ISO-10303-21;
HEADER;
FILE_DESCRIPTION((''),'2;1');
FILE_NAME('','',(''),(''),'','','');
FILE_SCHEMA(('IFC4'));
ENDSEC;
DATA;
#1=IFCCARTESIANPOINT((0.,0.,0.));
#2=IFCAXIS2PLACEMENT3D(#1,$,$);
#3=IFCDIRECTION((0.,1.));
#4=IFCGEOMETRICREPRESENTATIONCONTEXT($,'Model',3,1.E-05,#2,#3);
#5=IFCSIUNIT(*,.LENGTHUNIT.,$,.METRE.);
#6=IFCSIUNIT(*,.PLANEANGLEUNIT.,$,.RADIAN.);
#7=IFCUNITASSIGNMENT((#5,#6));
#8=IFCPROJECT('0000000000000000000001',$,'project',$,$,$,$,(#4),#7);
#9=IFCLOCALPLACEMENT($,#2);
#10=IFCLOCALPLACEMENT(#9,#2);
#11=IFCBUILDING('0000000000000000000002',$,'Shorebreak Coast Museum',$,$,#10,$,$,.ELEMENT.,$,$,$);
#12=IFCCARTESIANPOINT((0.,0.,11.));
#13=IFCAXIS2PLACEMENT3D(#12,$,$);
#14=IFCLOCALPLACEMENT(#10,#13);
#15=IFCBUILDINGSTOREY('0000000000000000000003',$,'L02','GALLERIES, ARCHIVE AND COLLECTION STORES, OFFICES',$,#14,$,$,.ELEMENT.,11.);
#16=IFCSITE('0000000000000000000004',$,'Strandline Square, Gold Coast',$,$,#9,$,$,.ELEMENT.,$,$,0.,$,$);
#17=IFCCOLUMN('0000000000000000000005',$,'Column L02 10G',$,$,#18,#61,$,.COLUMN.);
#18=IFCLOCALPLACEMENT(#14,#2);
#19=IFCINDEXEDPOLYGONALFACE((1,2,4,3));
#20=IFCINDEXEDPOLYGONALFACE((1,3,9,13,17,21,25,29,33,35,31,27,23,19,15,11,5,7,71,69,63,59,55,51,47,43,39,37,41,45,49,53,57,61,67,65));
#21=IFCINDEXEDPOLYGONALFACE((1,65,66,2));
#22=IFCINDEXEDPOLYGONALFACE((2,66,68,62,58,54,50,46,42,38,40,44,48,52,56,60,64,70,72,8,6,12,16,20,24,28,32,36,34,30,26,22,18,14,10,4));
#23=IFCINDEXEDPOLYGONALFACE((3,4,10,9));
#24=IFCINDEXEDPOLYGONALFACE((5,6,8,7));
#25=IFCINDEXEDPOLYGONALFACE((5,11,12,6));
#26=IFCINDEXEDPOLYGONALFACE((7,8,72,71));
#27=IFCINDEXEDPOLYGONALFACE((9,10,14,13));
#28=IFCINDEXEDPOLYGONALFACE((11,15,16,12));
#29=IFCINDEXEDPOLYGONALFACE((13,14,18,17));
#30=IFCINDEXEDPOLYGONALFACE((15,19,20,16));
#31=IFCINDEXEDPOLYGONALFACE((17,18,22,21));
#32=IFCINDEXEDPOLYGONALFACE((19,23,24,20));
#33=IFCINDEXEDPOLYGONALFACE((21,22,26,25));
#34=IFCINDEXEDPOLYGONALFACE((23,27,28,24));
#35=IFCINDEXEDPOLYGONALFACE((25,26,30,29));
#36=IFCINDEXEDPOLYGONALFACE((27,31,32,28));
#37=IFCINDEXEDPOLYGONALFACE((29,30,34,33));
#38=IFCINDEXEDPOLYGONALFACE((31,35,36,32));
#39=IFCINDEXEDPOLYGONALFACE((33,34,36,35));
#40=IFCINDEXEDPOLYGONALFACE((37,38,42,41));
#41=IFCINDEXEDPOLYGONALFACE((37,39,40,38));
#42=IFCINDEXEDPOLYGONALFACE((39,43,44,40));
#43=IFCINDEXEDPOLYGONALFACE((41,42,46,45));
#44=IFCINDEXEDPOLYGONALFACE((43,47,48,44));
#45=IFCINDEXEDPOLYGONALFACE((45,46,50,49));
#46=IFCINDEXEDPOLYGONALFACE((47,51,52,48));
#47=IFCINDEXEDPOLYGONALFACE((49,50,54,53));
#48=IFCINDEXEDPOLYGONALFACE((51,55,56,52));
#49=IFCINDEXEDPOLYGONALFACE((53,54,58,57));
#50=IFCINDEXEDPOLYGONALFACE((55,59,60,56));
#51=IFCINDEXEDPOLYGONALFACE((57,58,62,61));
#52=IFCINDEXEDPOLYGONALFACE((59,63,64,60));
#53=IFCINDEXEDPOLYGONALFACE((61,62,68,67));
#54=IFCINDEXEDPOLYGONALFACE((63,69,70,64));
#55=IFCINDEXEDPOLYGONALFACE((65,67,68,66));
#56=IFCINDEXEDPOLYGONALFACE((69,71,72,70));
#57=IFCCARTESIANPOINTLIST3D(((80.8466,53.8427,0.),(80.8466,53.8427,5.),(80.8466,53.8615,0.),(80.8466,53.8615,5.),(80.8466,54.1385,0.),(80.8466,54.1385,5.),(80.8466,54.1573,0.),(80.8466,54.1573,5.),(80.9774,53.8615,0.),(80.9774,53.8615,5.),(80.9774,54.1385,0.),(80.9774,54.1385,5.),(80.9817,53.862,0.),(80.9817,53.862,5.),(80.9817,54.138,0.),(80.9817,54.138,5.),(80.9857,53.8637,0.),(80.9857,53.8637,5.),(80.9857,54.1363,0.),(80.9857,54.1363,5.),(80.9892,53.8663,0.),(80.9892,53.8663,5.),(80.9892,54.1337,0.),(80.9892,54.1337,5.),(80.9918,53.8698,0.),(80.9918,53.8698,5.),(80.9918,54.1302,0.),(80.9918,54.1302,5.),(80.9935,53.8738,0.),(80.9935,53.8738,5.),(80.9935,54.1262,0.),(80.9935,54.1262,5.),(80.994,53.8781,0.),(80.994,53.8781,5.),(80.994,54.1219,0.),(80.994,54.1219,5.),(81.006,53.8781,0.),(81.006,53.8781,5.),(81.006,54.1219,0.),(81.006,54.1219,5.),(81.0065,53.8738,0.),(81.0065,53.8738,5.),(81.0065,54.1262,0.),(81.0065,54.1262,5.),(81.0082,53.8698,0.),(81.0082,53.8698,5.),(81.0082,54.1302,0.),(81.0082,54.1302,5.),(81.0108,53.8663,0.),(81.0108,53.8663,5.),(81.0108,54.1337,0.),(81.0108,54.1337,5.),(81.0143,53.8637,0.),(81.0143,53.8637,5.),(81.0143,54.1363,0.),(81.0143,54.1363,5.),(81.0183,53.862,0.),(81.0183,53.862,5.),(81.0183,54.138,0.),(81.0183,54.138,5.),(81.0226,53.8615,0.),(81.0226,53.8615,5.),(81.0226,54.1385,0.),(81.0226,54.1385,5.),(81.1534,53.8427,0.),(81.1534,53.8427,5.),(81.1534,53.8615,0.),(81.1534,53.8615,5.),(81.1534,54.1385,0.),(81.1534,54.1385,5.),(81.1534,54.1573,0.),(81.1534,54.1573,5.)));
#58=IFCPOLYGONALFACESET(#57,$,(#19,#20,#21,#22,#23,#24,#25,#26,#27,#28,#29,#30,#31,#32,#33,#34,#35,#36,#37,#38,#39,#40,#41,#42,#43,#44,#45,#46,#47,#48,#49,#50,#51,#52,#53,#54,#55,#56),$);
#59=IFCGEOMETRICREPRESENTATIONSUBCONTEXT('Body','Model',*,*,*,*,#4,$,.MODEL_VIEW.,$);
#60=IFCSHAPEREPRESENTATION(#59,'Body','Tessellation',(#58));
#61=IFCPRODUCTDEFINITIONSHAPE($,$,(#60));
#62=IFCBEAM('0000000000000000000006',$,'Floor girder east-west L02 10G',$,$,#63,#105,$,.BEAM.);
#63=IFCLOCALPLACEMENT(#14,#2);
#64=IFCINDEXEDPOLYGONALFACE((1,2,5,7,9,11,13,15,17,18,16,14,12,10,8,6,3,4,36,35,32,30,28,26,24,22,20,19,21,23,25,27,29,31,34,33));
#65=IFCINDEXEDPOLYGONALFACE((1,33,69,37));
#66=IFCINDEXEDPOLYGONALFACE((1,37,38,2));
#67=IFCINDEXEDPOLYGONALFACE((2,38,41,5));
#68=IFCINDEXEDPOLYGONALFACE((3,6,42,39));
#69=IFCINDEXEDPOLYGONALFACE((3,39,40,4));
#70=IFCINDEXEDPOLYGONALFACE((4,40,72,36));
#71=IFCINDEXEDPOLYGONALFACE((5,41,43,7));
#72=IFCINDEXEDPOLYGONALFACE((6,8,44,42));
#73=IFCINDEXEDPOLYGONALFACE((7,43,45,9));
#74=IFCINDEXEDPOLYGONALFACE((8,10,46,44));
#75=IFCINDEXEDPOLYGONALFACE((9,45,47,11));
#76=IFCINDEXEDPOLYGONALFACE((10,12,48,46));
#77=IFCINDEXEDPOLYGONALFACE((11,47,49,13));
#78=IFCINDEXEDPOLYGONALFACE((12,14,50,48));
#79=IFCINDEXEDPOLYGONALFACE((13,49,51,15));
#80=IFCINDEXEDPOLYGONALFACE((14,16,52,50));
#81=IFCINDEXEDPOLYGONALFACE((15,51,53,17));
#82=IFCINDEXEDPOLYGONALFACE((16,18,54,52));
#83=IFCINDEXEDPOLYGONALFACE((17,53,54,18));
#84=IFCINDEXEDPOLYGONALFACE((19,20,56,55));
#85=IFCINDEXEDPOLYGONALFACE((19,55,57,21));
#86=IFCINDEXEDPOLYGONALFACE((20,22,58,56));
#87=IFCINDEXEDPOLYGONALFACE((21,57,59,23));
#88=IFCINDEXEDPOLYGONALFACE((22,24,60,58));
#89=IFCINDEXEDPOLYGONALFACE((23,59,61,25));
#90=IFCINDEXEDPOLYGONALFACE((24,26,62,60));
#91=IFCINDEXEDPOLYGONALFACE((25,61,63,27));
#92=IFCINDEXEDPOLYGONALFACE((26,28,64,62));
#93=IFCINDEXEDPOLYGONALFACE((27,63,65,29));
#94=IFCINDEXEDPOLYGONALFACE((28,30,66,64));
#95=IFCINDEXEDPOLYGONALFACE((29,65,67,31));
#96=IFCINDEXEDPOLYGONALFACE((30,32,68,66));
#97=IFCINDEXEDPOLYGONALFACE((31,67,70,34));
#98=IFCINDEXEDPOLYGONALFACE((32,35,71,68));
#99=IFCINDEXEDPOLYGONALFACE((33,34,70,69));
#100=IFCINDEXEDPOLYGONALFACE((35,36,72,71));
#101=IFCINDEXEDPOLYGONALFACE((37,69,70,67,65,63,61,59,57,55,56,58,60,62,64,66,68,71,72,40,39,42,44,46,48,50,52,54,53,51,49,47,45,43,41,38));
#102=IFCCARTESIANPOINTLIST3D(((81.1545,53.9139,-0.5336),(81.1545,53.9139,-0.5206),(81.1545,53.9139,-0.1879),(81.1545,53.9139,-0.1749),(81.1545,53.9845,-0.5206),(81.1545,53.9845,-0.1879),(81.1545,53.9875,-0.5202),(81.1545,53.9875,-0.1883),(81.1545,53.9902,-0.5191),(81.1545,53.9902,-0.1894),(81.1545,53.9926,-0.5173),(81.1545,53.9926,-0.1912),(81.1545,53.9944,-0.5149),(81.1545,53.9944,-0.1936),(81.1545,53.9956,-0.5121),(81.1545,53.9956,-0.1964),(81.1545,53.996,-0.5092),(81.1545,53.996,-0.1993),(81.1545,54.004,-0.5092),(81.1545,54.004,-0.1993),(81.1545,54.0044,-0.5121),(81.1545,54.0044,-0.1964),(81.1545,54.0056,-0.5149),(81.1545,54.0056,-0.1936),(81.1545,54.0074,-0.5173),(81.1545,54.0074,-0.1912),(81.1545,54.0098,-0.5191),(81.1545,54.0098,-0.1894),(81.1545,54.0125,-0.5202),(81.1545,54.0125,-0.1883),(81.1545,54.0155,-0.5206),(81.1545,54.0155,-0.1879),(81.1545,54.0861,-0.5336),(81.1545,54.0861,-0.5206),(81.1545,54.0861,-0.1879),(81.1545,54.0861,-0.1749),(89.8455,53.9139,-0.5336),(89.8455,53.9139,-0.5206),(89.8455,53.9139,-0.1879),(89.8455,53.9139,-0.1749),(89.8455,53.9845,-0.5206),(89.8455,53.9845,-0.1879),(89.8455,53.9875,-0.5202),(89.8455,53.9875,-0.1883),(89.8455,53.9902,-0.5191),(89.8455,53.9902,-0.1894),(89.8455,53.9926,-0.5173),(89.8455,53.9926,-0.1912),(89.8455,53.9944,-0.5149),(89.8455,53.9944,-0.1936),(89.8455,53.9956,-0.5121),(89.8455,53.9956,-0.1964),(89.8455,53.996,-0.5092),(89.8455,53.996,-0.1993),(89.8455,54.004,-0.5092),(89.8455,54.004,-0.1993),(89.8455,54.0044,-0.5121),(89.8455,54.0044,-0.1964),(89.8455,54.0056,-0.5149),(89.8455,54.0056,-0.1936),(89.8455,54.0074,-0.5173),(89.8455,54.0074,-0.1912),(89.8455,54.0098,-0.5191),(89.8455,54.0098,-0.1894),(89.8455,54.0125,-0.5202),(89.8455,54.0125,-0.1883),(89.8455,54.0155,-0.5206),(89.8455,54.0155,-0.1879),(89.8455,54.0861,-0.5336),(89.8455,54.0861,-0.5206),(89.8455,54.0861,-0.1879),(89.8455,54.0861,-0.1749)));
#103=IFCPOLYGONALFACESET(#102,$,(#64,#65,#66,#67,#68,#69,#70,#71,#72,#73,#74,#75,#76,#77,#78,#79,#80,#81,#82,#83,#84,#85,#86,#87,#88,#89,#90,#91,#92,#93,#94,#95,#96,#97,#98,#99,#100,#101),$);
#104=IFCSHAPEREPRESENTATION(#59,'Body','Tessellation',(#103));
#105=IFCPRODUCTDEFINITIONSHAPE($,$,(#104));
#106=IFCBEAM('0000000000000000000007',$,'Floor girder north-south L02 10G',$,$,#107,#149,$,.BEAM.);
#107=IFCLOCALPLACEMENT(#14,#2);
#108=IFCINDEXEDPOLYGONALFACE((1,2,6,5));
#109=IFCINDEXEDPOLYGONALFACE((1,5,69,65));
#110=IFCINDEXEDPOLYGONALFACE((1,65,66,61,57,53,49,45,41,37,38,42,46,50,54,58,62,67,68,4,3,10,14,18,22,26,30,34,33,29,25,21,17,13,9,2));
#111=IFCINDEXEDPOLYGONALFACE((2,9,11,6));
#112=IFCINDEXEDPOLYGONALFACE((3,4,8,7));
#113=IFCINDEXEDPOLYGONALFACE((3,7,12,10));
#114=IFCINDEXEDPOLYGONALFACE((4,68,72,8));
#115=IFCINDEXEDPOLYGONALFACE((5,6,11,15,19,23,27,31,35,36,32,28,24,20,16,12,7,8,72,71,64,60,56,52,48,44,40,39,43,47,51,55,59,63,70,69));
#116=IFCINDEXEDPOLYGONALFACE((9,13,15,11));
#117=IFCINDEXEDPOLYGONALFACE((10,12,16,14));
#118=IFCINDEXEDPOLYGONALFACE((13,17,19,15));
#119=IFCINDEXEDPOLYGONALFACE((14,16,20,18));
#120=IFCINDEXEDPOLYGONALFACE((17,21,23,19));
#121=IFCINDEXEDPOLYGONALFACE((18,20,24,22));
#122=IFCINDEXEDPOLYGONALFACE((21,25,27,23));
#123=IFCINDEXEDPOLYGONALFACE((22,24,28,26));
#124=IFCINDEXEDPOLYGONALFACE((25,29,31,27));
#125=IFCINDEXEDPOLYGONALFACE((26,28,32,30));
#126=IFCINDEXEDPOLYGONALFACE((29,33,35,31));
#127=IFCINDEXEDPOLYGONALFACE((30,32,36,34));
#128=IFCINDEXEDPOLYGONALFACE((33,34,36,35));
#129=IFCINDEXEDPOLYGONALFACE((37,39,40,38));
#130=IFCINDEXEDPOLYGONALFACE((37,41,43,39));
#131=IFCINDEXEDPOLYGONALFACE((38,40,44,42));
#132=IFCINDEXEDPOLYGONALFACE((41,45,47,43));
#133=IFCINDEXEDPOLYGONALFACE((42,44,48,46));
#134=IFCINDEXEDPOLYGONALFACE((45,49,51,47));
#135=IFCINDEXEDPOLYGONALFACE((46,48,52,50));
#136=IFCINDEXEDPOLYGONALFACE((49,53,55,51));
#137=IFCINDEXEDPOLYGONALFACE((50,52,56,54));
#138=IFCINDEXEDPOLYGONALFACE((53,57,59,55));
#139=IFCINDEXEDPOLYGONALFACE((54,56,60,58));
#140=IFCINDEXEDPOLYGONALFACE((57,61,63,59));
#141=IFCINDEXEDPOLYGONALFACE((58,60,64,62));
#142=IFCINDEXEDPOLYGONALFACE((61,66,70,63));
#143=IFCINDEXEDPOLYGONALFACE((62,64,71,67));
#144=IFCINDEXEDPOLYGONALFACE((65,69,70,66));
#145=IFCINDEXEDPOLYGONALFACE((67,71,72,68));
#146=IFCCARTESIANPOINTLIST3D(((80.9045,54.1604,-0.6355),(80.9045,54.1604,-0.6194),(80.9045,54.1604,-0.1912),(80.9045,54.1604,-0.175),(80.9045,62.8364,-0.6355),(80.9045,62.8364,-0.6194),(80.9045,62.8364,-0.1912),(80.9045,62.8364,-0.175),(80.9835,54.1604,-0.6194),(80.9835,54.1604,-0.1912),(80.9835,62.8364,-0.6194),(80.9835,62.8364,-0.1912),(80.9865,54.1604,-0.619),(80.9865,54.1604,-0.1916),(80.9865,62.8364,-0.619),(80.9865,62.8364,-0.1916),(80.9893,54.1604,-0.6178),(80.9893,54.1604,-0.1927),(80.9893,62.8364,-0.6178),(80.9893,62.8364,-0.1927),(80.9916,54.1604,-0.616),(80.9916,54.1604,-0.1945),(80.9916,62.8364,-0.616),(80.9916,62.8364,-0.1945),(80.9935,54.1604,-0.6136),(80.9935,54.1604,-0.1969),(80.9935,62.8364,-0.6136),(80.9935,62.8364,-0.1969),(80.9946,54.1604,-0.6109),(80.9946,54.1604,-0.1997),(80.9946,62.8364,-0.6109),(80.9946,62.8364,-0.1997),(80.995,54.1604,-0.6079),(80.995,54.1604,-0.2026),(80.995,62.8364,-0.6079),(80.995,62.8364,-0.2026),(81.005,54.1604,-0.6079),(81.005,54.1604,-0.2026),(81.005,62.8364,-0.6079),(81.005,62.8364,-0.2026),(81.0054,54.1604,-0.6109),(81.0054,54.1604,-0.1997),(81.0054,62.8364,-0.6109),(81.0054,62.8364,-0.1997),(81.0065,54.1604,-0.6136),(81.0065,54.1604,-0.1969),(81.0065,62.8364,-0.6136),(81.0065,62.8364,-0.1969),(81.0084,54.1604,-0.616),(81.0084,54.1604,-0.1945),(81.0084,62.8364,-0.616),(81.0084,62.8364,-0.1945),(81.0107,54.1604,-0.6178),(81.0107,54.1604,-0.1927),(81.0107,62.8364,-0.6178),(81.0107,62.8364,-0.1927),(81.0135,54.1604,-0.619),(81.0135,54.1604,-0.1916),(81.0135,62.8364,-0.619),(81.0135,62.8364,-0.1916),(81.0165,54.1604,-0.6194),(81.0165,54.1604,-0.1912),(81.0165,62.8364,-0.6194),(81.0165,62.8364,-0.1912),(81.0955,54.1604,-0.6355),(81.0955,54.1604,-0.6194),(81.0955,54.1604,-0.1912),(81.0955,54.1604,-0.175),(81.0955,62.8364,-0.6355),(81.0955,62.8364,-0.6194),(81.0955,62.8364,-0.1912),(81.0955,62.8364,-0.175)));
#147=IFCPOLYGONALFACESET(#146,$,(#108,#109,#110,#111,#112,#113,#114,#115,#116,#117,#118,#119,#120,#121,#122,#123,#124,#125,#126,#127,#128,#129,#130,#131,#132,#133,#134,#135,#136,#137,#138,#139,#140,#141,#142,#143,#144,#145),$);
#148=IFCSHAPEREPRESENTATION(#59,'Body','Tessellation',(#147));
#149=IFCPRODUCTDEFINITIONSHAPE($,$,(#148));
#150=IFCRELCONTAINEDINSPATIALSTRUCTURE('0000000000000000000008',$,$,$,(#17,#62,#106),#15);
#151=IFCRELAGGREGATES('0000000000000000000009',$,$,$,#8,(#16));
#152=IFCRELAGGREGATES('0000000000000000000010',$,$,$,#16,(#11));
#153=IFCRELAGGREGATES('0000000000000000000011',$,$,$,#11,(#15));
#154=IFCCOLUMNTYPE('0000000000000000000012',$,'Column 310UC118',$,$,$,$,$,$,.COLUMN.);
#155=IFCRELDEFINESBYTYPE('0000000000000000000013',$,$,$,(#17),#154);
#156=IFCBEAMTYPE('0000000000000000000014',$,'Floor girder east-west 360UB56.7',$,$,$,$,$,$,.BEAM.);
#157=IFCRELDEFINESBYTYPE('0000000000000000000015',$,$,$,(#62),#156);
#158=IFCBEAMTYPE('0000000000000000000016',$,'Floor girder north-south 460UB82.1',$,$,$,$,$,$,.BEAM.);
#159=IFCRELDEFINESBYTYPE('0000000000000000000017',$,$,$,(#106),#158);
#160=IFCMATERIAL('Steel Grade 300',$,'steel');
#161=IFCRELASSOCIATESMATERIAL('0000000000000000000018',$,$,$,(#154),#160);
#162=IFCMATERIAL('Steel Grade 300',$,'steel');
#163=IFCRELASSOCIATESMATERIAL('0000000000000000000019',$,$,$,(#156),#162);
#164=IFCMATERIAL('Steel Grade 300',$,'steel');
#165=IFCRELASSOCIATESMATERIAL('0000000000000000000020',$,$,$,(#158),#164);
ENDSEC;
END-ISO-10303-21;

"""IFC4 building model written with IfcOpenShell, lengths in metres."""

from ifc_helpers import new_model, si_unit, direction, frame, origin, origin_2d, place, context, subcontext, project, spatial, i_section, extrude, material, material_profile, profile_set, type_object, element, save


model = new_model("IFC4")

# Units and contexts
model_context = context("Model", 3, precision=1e-05, world=origin(), true_north=direction((0.0, 1.0)))
body_context = subcontext(model_context, "Body", "Model", "MODEL_VIEW")
ifc_project = project(units=[si_unit("LENGTHUNIT", "METRE"), si_unit("PLANEANGLEUNIT", "RADIAN")], contexts=[model_context])

# Site, building, storey
site_placement = place(None, origin())
site = spatial("IfcSite", under=ifc_project, at=site_placement, Name="Strandline Square, Gold Coast", CompositionType="ELEMENT", RefElevation=0.0)
building_placement = place(site_placement, origin())
building = spatial("IfcBuilding", under=site, at=building_placement, Name="Shorebreak Coast Museum", CompositionType="ELEMENT")
storey_placement = place(building_placement, frame((0.0, 0.0, 11.0)))
storey = spatial("IfcBuildingStorey", under=building, at=storey_placement, Name="L02", Description="GALLERIES, ARCHIVE AND COLLECTION STORES, OFFICES", CompositionType="ELEMENT", Elevation=11.0)

# Column
ifc_material_1 = material(Name="Steel Grade 300", Category="steel")
ifc_material_profile_1 = material_profile(ifc_material_1, i_section(OverallWidth=0.3069, OverallDepth=0.3147, WebThickness=0.012, FlangeThickness=0.0188, FilletRadius=0.0166, at=origin_2d()), Name="310UC118")
ifc_profile_set_1 = profile_set([ifc_material_profile_1], Name="Steel Grade 300")
column_type = type_object("IfcColumnType", Name="Column 310UC118", PredefinedType="COLUMN", material=ifc_profile_set_1)
column_placement = place(storey_placement, frame((81.0, 54.0, 0.0), z_axis=(0.0, 0.0, 1.0), x_axis=(1.0, 0.0, 0.0)))
element("IfcColumn", 1, at=column_placement, inside=storey, type_object=column_type, Name="Column L02 10G", PredefinedType="COLUMN", context=body_context, shape_type="SweptSolid", body=[
    extrude(i_section(OverallWidth=0.3069, OverallDepth=0.3147, WebThickness=0.012, FlangeThickness=0.0188, FilletRadius=0.0166, at=origin_2d()), origin(), (0.0, 0.0, 1.0), 5.0),
])

# Beams
ifc_material_2 = material(Name="Steel Grade 300", Category="steel")
ifc_material_profile_2 = material_profile(ifc_material_2, i_section(OverallWidth=0.1721, OverallDepth=0.3586, WebThickness=0.0081, FlangeThickness=0.0129, FilletRadius=0.0115, at=origin_2d()), Name="360UB56.7")
ifc_profile_set_2 = profile_set([ifc_material_profile_2], Name="Steel Grade 300")
beam_type_1 = type_object("IfcBeamType", Name="Floor girder east-west 360UB56.7", PredefinedType="BEAM", material=ifc_profile_set_2)
beam_1_placement = place(storey_placement, frame((81.1545, 54.0, -0.3542), z_axis=(1.0, 0.0, 0.0), x_axis=(0.0, 1.0, 0.0)))
element("IfcBeam", 2, at=beam_1_placement, inside=storey, type_object=beam_type_1, Name="Floor girder east-west L02 10G", PredefinedType="BEAM", context=body_context, shape_type="SweptSolid", body=[
    extrude(i_section(OverallWidth=0.1721, OverallDepth=0.3586, WebThickness=0.0081, FlangeThickness=0.0129, FilletRadius=0.0115, at=origin_2d()), origin(), (0.0, 0.0, 1.0), 8.6909),
])
ifc_material_3 = material(Name="Steel Grade 300", Category="steel")
ifc_material_profile_3 = material_profile(ifc_material_3, i_section(OverallWidth=0.1909, OverallDepth=0.4604, WebThickness=0.01, FlangeThickness=0.0161, FilletRadius=0.0115, at=origin_2d()), Name="460UB82.1")
ifc_profile_set_3 = profile_set([ifc_material_profile_3], Name="Steel Grade 300")
beam_type_2 = type_object("IfcBeamType", Name="Floor girder north-south 460UB82.1", PredefinedType="BEAM", material=ifc_profile_set_3)
beam_2_placement = place(storey_placement, frame((81.0, 54.1604, -0.4053), z_axis=(0.0, 1.0, 0.0), x_axis=(-1.0, 0.0, 0.0)))
element("IfcBeam", 3, at=beam_2_placement, inside=storey, type_object=beam_type_2, Name="Floor girder north-south L02 10G", PredefinedType="BEAM", context=body_context, shape_type="SweptSolid", body=[
    extrude(i_section(OverallWidth=0.1909, OverallDepth=0.4604, WebThickness=0.01, FlangeThickness=0.0161, FilletRadius=0.0115, at=origin_2d()), origin(), (0.0, 0.0, 1.0), 8.676),
])

save(model, "model.ifc")
